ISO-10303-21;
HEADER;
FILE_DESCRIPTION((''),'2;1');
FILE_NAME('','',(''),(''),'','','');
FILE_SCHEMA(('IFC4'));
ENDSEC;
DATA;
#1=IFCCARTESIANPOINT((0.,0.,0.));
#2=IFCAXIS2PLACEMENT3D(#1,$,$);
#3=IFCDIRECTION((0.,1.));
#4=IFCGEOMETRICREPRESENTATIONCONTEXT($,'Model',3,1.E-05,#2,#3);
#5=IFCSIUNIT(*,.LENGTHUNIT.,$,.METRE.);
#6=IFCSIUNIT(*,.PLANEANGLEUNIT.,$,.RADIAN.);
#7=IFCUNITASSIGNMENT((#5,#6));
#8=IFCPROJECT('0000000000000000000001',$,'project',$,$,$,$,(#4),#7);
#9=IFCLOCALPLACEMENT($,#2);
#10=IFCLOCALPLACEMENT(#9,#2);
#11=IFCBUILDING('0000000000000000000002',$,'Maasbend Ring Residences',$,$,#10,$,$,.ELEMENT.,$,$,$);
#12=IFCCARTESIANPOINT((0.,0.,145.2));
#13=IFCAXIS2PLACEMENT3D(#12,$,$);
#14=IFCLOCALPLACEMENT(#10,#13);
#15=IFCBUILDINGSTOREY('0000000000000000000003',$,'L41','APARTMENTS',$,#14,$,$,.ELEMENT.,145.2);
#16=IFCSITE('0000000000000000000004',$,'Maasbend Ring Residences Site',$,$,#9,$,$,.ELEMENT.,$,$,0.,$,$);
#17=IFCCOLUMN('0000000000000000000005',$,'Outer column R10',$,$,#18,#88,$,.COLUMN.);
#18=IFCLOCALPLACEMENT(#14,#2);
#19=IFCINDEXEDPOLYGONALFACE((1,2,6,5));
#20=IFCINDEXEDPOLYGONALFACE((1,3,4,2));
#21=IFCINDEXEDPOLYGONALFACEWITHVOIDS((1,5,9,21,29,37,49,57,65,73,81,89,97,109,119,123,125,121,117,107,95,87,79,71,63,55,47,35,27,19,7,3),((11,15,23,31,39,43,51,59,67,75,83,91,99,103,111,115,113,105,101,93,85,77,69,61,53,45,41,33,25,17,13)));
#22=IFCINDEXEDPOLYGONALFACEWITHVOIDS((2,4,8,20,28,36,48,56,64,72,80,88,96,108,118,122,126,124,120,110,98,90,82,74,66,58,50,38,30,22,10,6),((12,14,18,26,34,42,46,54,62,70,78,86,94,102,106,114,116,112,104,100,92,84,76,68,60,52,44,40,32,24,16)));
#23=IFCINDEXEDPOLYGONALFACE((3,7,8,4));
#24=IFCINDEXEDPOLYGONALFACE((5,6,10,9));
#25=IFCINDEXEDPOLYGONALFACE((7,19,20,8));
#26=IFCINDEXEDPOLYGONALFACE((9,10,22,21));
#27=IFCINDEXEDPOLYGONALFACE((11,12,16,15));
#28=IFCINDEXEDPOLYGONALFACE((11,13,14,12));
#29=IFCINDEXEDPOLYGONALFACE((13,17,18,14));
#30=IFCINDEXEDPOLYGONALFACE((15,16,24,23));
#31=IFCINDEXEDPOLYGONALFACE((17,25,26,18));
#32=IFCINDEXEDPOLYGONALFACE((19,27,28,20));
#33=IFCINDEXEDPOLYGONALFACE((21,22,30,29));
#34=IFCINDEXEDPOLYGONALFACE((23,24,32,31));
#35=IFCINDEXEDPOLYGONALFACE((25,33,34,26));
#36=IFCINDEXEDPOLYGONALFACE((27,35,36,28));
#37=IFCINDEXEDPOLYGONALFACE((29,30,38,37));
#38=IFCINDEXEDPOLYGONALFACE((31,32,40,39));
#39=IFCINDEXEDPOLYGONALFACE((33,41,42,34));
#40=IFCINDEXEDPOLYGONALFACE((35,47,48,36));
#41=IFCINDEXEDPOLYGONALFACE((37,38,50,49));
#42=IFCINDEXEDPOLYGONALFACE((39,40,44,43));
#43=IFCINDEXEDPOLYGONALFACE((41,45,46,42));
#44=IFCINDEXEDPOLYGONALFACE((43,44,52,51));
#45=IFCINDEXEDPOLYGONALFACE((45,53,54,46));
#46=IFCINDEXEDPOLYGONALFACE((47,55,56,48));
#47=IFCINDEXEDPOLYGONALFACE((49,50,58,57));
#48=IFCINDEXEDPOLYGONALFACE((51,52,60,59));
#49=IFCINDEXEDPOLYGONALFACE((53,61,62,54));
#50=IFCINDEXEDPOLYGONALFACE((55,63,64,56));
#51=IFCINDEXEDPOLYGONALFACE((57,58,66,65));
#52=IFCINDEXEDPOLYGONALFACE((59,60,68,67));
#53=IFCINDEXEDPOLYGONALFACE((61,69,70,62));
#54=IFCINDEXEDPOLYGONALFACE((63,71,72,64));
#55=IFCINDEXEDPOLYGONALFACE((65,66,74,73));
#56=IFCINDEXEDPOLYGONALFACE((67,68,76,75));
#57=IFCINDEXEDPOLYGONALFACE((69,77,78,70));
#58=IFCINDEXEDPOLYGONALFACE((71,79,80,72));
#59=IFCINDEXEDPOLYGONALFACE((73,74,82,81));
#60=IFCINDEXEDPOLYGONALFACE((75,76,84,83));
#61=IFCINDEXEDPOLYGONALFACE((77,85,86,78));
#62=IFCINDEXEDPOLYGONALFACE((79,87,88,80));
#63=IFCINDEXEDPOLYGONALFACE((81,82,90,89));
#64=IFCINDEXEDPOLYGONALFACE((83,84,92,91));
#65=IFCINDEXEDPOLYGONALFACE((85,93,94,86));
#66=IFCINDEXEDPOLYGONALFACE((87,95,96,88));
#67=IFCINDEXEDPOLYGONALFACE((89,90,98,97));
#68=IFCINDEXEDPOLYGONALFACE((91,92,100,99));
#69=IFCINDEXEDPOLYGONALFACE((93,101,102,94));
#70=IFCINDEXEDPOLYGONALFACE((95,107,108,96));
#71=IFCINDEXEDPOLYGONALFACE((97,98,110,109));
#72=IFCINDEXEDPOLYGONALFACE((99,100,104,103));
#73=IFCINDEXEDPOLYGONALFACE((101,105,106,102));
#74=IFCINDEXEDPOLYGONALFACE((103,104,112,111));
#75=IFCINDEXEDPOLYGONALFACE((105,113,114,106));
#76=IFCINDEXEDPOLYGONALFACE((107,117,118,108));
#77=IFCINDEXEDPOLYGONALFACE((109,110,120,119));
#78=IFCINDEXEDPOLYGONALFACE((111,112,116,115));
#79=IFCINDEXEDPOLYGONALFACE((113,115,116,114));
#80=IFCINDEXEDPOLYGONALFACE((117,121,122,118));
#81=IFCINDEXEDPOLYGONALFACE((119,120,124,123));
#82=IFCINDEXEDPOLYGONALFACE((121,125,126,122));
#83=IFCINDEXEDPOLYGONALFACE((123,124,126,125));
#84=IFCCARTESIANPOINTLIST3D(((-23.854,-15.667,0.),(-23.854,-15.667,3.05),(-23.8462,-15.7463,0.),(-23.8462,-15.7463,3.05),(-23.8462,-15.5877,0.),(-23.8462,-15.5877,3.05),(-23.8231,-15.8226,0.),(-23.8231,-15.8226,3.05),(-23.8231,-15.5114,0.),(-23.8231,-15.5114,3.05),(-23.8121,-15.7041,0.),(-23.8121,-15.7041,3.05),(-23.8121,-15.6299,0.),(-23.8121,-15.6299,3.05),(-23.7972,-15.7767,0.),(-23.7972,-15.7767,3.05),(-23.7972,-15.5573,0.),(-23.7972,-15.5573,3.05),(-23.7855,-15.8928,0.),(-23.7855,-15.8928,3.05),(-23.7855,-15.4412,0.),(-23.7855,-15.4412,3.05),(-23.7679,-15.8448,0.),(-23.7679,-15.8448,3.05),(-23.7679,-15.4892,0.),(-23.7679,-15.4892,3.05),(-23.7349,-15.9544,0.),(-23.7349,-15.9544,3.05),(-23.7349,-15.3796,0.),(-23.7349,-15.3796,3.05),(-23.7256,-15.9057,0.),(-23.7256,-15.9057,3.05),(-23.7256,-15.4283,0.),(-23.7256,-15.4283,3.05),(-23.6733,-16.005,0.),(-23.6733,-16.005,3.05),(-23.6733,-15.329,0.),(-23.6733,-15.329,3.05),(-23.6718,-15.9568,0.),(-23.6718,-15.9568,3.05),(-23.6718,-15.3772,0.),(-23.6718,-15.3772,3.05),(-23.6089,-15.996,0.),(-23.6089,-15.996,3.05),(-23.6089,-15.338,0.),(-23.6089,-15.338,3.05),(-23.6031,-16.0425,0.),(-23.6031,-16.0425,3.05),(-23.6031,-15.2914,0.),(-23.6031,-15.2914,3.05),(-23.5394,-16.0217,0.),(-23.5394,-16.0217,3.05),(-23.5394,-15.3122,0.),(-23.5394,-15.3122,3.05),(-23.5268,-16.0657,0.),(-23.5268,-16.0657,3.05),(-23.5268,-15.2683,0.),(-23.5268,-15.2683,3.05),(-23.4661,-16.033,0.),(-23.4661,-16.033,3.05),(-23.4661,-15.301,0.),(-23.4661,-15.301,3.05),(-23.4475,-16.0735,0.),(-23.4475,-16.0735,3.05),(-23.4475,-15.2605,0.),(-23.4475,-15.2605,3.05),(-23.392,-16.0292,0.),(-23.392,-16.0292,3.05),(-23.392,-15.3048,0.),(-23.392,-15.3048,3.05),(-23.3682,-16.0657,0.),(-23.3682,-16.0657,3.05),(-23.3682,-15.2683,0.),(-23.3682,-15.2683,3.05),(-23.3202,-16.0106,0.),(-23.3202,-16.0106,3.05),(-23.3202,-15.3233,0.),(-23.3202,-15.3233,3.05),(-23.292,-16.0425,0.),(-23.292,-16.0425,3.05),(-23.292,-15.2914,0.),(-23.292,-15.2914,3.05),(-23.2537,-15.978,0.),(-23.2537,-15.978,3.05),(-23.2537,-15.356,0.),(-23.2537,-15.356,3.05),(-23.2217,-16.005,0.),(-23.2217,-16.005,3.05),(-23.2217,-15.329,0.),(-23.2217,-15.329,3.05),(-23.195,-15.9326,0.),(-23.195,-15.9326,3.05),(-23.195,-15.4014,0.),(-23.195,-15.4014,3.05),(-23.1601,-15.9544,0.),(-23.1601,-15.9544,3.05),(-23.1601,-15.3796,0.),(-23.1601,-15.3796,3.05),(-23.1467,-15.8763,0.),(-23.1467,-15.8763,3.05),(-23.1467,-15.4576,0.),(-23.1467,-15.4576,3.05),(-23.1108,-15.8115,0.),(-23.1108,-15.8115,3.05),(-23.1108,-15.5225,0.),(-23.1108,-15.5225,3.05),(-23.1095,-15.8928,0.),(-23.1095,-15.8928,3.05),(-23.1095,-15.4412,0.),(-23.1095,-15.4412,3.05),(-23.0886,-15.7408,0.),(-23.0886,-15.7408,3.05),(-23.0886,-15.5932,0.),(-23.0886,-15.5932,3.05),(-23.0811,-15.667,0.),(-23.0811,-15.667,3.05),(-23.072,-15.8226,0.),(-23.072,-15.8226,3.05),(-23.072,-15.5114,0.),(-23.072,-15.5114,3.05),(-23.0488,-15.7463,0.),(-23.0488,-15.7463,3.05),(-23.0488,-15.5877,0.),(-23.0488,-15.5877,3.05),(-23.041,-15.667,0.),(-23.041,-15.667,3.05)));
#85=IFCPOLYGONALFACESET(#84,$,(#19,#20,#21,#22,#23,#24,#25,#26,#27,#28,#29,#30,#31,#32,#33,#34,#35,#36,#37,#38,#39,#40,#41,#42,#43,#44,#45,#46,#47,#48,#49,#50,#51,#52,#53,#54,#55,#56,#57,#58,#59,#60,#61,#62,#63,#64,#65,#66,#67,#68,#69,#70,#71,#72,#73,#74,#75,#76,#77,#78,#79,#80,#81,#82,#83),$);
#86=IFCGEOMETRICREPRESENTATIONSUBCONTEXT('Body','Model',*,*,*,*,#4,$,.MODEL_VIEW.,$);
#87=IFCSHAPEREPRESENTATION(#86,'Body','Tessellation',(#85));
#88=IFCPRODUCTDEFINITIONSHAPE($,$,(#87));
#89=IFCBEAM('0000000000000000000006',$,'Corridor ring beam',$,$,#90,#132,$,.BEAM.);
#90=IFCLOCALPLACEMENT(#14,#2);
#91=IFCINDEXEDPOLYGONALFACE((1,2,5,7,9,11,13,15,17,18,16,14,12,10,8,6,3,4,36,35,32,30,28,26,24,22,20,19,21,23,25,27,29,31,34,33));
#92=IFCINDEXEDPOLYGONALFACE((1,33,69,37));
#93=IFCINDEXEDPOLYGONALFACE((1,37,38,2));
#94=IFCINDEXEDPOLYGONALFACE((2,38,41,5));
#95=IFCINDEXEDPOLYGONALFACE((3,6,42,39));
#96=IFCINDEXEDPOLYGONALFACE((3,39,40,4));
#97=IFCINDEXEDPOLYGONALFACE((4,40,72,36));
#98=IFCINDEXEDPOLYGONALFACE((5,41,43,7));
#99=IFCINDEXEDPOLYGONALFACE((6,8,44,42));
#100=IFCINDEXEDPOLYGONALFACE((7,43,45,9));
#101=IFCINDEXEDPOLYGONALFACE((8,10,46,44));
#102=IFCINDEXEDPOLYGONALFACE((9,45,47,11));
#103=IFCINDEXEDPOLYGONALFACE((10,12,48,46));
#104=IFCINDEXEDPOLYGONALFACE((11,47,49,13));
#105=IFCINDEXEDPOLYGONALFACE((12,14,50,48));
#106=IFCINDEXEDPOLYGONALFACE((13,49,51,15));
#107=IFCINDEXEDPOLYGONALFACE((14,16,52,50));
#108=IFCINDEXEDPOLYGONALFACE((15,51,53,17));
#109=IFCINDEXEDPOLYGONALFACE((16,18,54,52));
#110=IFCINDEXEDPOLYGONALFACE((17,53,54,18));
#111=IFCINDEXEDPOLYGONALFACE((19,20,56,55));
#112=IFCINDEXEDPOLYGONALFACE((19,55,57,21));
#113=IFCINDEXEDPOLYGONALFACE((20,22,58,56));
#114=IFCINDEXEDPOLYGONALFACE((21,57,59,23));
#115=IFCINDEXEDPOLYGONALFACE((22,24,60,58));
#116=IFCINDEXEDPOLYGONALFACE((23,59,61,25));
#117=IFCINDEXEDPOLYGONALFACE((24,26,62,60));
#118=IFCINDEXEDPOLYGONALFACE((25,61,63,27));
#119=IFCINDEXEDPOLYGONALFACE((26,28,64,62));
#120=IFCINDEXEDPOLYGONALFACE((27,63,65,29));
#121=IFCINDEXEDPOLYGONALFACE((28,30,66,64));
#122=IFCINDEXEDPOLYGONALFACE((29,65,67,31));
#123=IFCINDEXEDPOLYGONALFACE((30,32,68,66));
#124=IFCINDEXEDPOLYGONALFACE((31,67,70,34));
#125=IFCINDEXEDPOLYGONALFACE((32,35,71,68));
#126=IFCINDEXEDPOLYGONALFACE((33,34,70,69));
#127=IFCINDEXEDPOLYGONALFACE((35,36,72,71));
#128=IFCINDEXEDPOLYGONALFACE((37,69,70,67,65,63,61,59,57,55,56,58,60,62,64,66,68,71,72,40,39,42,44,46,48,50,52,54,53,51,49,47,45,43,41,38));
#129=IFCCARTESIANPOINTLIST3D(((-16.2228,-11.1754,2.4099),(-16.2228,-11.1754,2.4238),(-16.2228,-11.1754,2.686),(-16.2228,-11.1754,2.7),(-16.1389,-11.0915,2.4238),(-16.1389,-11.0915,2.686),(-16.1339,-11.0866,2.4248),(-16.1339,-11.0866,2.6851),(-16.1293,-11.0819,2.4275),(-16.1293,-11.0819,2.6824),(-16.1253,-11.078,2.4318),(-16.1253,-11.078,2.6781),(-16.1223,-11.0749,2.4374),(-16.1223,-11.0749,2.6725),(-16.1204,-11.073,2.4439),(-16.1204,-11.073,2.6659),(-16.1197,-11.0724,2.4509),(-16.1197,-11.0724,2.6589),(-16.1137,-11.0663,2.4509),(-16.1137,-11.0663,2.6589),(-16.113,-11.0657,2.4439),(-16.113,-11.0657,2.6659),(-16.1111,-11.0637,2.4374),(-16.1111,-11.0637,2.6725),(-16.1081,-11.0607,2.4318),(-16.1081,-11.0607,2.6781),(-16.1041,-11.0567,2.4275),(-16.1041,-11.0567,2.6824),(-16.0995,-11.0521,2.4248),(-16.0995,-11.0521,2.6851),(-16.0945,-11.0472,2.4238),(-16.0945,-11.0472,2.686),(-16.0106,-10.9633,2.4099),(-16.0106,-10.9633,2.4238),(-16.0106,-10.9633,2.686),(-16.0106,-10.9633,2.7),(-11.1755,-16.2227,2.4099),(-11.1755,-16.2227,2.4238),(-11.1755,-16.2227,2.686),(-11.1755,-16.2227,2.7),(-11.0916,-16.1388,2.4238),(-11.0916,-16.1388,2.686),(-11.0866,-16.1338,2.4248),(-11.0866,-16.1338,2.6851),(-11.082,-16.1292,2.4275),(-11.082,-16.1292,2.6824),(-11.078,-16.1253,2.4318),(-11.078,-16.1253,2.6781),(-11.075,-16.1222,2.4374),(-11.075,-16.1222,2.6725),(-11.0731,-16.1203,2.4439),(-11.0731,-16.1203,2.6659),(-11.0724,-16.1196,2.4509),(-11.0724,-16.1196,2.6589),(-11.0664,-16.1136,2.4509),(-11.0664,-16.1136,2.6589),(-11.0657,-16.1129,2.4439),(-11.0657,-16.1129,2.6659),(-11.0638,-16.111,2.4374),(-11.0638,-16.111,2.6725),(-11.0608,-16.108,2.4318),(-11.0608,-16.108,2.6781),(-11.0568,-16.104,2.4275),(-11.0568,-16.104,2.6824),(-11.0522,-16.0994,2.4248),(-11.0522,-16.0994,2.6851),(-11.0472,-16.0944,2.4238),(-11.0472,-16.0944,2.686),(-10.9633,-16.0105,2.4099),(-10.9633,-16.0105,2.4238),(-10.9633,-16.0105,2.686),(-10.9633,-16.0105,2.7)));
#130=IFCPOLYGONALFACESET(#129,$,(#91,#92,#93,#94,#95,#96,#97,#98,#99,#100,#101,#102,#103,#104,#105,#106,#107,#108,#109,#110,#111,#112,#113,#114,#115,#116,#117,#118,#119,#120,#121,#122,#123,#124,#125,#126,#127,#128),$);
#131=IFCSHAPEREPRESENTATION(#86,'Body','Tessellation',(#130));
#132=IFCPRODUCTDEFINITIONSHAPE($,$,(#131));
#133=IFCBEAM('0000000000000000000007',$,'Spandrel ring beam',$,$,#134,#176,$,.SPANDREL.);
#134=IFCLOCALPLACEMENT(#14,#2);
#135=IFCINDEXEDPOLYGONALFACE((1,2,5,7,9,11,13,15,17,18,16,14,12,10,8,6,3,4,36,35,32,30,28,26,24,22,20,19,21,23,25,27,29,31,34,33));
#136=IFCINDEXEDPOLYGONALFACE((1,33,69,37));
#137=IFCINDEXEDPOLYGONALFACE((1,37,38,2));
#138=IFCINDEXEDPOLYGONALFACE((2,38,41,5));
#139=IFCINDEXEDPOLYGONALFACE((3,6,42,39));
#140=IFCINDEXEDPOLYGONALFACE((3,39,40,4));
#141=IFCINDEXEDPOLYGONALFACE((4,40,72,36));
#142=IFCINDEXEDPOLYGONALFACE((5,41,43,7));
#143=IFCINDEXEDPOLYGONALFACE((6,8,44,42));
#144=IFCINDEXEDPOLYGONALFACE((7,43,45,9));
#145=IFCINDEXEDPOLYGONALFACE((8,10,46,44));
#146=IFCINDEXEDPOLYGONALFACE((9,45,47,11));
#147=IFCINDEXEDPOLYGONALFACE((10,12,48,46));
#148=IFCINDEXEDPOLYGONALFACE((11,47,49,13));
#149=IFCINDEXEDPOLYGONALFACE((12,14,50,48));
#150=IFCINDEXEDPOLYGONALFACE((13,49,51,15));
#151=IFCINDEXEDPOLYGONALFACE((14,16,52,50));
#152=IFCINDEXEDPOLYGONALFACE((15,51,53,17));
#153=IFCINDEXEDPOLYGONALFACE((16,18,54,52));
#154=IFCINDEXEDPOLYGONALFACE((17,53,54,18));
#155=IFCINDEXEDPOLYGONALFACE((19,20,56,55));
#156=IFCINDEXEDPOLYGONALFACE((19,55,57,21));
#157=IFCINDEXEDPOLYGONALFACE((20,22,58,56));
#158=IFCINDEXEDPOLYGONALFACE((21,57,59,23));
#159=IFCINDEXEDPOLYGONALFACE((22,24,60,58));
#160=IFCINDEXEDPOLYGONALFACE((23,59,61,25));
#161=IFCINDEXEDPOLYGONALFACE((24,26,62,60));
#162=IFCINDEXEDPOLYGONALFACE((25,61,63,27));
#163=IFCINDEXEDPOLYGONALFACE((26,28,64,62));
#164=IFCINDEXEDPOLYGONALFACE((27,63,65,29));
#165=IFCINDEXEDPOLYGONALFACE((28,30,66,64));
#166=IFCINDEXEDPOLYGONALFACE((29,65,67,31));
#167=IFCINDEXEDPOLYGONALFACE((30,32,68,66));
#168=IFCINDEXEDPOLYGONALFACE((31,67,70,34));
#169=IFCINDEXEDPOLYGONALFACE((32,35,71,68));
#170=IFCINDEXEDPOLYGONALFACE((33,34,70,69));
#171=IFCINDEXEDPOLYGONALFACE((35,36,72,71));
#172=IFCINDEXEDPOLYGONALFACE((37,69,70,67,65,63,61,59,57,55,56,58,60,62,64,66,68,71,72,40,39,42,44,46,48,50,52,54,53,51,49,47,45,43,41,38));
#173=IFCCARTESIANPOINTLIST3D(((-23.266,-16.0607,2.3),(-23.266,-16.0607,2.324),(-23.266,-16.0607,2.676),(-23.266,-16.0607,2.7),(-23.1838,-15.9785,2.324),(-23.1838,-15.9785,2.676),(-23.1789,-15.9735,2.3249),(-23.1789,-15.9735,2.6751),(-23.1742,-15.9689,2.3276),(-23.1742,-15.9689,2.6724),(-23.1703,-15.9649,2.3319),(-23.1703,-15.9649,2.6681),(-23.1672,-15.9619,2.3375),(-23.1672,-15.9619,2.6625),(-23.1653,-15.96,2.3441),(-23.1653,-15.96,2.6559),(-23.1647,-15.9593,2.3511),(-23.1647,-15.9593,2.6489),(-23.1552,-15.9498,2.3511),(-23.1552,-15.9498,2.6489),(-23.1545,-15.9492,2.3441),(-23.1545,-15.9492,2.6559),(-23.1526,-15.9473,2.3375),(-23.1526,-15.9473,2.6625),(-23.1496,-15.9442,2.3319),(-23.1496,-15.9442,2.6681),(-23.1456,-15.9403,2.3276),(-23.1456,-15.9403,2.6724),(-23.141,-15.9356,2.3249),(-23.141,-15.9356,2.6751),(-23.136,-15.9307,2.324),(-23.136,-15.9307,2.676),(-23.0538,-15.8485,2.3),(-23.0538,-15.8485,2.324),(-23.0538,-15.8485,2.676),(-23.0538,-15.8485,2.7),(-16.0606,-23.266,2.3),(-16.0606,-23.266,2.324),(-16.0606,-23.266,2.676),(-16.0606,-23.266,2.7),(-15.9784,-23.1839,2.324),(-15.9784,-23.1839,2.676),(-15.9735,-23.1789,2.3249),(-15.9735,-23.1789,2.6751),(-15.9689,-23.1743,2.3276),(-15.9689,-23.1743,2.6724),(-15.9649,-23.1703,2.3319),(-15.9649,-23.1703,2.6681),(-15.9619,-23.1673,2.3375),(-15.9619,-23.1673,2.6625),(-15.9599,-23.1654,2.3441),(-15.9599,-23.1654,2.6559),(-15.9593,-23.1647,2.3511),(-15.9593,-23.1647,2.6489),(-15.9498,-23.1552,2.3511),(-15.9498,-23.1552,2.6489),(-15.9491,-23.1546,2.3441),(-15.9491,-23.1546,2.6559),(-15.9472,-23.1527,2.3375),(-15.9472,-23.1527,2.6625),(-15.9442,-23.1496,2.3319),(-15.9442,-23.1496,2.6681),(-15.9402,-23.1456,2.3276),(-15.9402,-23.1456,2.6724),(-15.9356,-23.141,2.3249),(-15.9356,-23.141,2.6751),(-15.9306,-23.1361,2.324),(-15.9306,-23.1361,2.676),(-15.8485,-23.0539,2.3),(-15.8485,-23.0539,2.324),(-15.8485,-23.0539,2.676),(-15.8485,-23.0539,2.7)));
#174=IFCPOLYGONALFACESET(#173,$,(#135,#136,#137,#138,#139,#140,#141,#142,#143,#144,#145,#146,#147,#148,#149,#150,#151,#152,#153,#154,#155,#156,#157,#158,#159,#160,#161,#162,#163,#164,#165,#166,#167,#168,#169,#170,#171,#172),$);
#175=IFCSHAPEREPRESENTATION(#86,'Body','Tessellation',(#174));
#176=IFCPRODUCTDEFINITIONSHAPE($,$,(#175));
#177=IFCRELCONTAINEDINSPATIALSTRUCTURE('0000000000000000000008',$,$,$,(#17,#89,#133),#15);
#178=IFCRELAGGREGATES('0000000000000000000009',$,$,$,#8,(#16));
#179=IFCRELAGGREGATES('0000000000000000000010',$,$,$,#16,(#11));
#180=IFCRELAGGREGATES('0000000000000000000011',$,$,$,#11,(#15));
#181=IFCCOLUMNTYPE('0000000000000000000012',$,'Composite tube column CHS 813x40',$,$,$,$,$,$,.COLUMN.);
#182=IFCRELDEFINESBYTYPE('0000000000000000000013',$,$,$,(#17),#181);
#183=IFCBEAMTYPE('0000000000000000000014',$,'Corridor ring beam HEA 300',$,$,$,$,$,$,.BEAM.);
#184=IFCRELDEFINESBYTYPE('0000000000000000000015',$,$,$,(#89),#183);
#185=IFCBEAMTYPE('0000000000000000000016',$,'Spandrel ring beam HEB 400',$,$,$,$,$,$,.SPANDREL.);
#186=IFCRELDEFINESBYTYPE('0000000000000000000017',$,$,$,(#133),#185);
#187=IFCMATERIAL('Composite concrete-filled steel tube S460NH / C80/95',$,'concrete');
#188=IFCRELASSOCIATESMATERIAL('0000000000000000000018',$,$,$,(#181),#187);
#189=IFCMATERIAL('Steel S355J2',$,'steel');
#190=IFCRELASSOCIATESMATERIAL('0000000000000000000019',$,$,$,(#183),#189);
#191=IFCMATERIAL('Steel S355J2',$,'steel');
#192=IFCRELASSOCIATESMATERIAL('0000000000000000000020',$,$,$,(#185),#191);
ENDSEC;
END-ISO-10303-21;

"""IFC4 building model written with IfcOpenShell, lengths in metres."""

from ifc_helpers import new_model, si_unit, direction, frame, origin, origin_2d, place, context, subcontext, project, spatial, hollow_circle, i_section, extrude, material, material_profile, profile_set, type_object, element, save


model = new_model("IFC4")

# Units and contexts
model_context = context("Model", 3, precision=1e-05, world=origin(), true_north=direction((0.0, 1.0)))
body_context = subcontext(model_context, "Body", "Model", "MODEL_VIEW")
ifc_project = project(units=[si_unit("LENGTHUNIT", "METRE"), si_unit("PLANEANGLEUNIT", "RADIAN")], contexts=[model_context])

# Site, building, storey
site_placement = place(None, origin())
site = spatial("IfcSite", under=ifc_project, at=site_placement, Name="Maasbend Ring Residences Site", CompositionType="ELEMENT", RefElevation=0.0)
building_placement = place(site_placement, origin())
building = spatial("IfcBuilding", under=site, at=building_placement, Name="Maasbend Ring Residences", CompositionType="ELEMENT")
storey_placement = place(building_placement, frame((0.0, 0.0, 145.2)))
storey = spatial("IfcBuildingStorey", under=building, at=storey_placement, Name="L41", Description="APARTMENTS", CompositionType="ELEMENT", Elevation=145.2)

# Column
ifc_material_1 = material(Name="Composite concrete-filled steel tube S460NH / C80/95", Category="concrete")
ifc_material_profile_1 = material_profile(ifc_material_1, hollow_circle(Radius=0.4065, WallThickness=0.04, at=origin_2d()), Name="Composite tube column CHS 813x40")
ifc_profile_set_1 = profile_set([ifc_material_profile_1], Name="Composite concrete-filled steel tube S460NH / C80/95")
column_type = type_object("IfcColumnType", Name="Composite tube column CHS 813x40", PredefinedType="COLUMN", material=ifc_profile_set_1)
column_placement = place(storey_placement, frame((-23.4475, -15.667, 0.0), z_axis=(0.0, 0.0, 1.0), x_axis=(1.0, 0.0, 0.0)))
element("IfcColumn", 1, at=column_placement, inside=storey, type_object=column_type, Name="Outer column R10", PredefinedType="COLUMN", context=body_context, shape_type="SweptSolid", body=[
    extrude(hollow_circle(Radius=0.4065, WallThickness=0.04, at=origin_2d()), origin(), (0.0, 0.0, 1.0), 3.05),
])

# Beams
ifc_material_2 = material(Name="Steel S355J2", Category="steel")
ifc_material_profile_2 = material_profile(ifc_material_2, i_section(OverallWidth=0.3, OverallDepth=0.29, WebThickness=0.0085, FlangeThickness=0.0139, FilletRadius=0.0271, at=origin_2d()), Name="HEA 300")
ifc_profile_set_2 = profile_set([ifc_material_profile_2], Name="Steel S355J2")
beam_type_1 = type_object("IfcBeamType", Name="Corridor ring beam HEA 300", PredefinedType="BEAM", material=ifc_profile_set_2)
beam_1_placement = place(storey_placement, frame((-16.1167, -11.0693, 2.5549), z_axis=(0.707107, -0.707107, 0.0), x_axis=(0.707107, 0.707107, 0.0)))
element("IfcBeam", 2, at=beam_1_placement, inside=storey, type_object=beam_type_1, Name="Corridor ring beam", PredefinedType="BEAM", context=body_context, shape_type="SweptSolid", body=[
    extrude(i_section(OverallWidth=0.3, OverallDepth=0.29, WebThickness=0.0085, FlangeThickness=0.0139, FilletRadius=0.0271, at=origin_2d()), origin(), (0.0, 0.0, 1.0), 7.1379),
])
ifc_material_3 = material(Name="Steel S355J2", Category="steel")
ifc_material_profile_3 = material_profile(ifc_material_3, i_section(OverallWidth=0.3, OverallDepth=0.3999, WebThickness=0.0134, FlangeThickness=0.0239, FilletRadius=0.0271, at=origin_2d()), Name="HEB 400")
ifc_profile_set_3 = profile_set([ifc_material_profile_3], Name="Steel S355J2")
beam_type_2 = type_object("IfcBeamType", Name="Spandrel ring beam HEB 400", PredefinedType="SPANDREL", material=ifc_profile_set_3)
beam_2_placement = place(storey_placement, frame((-23.1599, -15.9546, 2.5), z_axis=(0.707107, -0.707107, 0.0), x_axis=(0.707107, 0.707107, 0.0)))
element("IfcBeam", 3, at=beam_2_placement, inside=storey, type_object=beam_type_2, Name="Spandrel ring beam", PredefinedType="SPANDREL", context=body_context, shape_type="SweptSolid", body=[
    extrude(i_section(OverallWidth=0.3, OverallDepth=0.3999, WebThickness=0.0134, FlangeThickness=0.0239, FilletRadius=0.0271, at=origin_2d()), origin(), (0.0, 0.0, 1.0), 10.1899),
])

save(model, "model.ifc")
